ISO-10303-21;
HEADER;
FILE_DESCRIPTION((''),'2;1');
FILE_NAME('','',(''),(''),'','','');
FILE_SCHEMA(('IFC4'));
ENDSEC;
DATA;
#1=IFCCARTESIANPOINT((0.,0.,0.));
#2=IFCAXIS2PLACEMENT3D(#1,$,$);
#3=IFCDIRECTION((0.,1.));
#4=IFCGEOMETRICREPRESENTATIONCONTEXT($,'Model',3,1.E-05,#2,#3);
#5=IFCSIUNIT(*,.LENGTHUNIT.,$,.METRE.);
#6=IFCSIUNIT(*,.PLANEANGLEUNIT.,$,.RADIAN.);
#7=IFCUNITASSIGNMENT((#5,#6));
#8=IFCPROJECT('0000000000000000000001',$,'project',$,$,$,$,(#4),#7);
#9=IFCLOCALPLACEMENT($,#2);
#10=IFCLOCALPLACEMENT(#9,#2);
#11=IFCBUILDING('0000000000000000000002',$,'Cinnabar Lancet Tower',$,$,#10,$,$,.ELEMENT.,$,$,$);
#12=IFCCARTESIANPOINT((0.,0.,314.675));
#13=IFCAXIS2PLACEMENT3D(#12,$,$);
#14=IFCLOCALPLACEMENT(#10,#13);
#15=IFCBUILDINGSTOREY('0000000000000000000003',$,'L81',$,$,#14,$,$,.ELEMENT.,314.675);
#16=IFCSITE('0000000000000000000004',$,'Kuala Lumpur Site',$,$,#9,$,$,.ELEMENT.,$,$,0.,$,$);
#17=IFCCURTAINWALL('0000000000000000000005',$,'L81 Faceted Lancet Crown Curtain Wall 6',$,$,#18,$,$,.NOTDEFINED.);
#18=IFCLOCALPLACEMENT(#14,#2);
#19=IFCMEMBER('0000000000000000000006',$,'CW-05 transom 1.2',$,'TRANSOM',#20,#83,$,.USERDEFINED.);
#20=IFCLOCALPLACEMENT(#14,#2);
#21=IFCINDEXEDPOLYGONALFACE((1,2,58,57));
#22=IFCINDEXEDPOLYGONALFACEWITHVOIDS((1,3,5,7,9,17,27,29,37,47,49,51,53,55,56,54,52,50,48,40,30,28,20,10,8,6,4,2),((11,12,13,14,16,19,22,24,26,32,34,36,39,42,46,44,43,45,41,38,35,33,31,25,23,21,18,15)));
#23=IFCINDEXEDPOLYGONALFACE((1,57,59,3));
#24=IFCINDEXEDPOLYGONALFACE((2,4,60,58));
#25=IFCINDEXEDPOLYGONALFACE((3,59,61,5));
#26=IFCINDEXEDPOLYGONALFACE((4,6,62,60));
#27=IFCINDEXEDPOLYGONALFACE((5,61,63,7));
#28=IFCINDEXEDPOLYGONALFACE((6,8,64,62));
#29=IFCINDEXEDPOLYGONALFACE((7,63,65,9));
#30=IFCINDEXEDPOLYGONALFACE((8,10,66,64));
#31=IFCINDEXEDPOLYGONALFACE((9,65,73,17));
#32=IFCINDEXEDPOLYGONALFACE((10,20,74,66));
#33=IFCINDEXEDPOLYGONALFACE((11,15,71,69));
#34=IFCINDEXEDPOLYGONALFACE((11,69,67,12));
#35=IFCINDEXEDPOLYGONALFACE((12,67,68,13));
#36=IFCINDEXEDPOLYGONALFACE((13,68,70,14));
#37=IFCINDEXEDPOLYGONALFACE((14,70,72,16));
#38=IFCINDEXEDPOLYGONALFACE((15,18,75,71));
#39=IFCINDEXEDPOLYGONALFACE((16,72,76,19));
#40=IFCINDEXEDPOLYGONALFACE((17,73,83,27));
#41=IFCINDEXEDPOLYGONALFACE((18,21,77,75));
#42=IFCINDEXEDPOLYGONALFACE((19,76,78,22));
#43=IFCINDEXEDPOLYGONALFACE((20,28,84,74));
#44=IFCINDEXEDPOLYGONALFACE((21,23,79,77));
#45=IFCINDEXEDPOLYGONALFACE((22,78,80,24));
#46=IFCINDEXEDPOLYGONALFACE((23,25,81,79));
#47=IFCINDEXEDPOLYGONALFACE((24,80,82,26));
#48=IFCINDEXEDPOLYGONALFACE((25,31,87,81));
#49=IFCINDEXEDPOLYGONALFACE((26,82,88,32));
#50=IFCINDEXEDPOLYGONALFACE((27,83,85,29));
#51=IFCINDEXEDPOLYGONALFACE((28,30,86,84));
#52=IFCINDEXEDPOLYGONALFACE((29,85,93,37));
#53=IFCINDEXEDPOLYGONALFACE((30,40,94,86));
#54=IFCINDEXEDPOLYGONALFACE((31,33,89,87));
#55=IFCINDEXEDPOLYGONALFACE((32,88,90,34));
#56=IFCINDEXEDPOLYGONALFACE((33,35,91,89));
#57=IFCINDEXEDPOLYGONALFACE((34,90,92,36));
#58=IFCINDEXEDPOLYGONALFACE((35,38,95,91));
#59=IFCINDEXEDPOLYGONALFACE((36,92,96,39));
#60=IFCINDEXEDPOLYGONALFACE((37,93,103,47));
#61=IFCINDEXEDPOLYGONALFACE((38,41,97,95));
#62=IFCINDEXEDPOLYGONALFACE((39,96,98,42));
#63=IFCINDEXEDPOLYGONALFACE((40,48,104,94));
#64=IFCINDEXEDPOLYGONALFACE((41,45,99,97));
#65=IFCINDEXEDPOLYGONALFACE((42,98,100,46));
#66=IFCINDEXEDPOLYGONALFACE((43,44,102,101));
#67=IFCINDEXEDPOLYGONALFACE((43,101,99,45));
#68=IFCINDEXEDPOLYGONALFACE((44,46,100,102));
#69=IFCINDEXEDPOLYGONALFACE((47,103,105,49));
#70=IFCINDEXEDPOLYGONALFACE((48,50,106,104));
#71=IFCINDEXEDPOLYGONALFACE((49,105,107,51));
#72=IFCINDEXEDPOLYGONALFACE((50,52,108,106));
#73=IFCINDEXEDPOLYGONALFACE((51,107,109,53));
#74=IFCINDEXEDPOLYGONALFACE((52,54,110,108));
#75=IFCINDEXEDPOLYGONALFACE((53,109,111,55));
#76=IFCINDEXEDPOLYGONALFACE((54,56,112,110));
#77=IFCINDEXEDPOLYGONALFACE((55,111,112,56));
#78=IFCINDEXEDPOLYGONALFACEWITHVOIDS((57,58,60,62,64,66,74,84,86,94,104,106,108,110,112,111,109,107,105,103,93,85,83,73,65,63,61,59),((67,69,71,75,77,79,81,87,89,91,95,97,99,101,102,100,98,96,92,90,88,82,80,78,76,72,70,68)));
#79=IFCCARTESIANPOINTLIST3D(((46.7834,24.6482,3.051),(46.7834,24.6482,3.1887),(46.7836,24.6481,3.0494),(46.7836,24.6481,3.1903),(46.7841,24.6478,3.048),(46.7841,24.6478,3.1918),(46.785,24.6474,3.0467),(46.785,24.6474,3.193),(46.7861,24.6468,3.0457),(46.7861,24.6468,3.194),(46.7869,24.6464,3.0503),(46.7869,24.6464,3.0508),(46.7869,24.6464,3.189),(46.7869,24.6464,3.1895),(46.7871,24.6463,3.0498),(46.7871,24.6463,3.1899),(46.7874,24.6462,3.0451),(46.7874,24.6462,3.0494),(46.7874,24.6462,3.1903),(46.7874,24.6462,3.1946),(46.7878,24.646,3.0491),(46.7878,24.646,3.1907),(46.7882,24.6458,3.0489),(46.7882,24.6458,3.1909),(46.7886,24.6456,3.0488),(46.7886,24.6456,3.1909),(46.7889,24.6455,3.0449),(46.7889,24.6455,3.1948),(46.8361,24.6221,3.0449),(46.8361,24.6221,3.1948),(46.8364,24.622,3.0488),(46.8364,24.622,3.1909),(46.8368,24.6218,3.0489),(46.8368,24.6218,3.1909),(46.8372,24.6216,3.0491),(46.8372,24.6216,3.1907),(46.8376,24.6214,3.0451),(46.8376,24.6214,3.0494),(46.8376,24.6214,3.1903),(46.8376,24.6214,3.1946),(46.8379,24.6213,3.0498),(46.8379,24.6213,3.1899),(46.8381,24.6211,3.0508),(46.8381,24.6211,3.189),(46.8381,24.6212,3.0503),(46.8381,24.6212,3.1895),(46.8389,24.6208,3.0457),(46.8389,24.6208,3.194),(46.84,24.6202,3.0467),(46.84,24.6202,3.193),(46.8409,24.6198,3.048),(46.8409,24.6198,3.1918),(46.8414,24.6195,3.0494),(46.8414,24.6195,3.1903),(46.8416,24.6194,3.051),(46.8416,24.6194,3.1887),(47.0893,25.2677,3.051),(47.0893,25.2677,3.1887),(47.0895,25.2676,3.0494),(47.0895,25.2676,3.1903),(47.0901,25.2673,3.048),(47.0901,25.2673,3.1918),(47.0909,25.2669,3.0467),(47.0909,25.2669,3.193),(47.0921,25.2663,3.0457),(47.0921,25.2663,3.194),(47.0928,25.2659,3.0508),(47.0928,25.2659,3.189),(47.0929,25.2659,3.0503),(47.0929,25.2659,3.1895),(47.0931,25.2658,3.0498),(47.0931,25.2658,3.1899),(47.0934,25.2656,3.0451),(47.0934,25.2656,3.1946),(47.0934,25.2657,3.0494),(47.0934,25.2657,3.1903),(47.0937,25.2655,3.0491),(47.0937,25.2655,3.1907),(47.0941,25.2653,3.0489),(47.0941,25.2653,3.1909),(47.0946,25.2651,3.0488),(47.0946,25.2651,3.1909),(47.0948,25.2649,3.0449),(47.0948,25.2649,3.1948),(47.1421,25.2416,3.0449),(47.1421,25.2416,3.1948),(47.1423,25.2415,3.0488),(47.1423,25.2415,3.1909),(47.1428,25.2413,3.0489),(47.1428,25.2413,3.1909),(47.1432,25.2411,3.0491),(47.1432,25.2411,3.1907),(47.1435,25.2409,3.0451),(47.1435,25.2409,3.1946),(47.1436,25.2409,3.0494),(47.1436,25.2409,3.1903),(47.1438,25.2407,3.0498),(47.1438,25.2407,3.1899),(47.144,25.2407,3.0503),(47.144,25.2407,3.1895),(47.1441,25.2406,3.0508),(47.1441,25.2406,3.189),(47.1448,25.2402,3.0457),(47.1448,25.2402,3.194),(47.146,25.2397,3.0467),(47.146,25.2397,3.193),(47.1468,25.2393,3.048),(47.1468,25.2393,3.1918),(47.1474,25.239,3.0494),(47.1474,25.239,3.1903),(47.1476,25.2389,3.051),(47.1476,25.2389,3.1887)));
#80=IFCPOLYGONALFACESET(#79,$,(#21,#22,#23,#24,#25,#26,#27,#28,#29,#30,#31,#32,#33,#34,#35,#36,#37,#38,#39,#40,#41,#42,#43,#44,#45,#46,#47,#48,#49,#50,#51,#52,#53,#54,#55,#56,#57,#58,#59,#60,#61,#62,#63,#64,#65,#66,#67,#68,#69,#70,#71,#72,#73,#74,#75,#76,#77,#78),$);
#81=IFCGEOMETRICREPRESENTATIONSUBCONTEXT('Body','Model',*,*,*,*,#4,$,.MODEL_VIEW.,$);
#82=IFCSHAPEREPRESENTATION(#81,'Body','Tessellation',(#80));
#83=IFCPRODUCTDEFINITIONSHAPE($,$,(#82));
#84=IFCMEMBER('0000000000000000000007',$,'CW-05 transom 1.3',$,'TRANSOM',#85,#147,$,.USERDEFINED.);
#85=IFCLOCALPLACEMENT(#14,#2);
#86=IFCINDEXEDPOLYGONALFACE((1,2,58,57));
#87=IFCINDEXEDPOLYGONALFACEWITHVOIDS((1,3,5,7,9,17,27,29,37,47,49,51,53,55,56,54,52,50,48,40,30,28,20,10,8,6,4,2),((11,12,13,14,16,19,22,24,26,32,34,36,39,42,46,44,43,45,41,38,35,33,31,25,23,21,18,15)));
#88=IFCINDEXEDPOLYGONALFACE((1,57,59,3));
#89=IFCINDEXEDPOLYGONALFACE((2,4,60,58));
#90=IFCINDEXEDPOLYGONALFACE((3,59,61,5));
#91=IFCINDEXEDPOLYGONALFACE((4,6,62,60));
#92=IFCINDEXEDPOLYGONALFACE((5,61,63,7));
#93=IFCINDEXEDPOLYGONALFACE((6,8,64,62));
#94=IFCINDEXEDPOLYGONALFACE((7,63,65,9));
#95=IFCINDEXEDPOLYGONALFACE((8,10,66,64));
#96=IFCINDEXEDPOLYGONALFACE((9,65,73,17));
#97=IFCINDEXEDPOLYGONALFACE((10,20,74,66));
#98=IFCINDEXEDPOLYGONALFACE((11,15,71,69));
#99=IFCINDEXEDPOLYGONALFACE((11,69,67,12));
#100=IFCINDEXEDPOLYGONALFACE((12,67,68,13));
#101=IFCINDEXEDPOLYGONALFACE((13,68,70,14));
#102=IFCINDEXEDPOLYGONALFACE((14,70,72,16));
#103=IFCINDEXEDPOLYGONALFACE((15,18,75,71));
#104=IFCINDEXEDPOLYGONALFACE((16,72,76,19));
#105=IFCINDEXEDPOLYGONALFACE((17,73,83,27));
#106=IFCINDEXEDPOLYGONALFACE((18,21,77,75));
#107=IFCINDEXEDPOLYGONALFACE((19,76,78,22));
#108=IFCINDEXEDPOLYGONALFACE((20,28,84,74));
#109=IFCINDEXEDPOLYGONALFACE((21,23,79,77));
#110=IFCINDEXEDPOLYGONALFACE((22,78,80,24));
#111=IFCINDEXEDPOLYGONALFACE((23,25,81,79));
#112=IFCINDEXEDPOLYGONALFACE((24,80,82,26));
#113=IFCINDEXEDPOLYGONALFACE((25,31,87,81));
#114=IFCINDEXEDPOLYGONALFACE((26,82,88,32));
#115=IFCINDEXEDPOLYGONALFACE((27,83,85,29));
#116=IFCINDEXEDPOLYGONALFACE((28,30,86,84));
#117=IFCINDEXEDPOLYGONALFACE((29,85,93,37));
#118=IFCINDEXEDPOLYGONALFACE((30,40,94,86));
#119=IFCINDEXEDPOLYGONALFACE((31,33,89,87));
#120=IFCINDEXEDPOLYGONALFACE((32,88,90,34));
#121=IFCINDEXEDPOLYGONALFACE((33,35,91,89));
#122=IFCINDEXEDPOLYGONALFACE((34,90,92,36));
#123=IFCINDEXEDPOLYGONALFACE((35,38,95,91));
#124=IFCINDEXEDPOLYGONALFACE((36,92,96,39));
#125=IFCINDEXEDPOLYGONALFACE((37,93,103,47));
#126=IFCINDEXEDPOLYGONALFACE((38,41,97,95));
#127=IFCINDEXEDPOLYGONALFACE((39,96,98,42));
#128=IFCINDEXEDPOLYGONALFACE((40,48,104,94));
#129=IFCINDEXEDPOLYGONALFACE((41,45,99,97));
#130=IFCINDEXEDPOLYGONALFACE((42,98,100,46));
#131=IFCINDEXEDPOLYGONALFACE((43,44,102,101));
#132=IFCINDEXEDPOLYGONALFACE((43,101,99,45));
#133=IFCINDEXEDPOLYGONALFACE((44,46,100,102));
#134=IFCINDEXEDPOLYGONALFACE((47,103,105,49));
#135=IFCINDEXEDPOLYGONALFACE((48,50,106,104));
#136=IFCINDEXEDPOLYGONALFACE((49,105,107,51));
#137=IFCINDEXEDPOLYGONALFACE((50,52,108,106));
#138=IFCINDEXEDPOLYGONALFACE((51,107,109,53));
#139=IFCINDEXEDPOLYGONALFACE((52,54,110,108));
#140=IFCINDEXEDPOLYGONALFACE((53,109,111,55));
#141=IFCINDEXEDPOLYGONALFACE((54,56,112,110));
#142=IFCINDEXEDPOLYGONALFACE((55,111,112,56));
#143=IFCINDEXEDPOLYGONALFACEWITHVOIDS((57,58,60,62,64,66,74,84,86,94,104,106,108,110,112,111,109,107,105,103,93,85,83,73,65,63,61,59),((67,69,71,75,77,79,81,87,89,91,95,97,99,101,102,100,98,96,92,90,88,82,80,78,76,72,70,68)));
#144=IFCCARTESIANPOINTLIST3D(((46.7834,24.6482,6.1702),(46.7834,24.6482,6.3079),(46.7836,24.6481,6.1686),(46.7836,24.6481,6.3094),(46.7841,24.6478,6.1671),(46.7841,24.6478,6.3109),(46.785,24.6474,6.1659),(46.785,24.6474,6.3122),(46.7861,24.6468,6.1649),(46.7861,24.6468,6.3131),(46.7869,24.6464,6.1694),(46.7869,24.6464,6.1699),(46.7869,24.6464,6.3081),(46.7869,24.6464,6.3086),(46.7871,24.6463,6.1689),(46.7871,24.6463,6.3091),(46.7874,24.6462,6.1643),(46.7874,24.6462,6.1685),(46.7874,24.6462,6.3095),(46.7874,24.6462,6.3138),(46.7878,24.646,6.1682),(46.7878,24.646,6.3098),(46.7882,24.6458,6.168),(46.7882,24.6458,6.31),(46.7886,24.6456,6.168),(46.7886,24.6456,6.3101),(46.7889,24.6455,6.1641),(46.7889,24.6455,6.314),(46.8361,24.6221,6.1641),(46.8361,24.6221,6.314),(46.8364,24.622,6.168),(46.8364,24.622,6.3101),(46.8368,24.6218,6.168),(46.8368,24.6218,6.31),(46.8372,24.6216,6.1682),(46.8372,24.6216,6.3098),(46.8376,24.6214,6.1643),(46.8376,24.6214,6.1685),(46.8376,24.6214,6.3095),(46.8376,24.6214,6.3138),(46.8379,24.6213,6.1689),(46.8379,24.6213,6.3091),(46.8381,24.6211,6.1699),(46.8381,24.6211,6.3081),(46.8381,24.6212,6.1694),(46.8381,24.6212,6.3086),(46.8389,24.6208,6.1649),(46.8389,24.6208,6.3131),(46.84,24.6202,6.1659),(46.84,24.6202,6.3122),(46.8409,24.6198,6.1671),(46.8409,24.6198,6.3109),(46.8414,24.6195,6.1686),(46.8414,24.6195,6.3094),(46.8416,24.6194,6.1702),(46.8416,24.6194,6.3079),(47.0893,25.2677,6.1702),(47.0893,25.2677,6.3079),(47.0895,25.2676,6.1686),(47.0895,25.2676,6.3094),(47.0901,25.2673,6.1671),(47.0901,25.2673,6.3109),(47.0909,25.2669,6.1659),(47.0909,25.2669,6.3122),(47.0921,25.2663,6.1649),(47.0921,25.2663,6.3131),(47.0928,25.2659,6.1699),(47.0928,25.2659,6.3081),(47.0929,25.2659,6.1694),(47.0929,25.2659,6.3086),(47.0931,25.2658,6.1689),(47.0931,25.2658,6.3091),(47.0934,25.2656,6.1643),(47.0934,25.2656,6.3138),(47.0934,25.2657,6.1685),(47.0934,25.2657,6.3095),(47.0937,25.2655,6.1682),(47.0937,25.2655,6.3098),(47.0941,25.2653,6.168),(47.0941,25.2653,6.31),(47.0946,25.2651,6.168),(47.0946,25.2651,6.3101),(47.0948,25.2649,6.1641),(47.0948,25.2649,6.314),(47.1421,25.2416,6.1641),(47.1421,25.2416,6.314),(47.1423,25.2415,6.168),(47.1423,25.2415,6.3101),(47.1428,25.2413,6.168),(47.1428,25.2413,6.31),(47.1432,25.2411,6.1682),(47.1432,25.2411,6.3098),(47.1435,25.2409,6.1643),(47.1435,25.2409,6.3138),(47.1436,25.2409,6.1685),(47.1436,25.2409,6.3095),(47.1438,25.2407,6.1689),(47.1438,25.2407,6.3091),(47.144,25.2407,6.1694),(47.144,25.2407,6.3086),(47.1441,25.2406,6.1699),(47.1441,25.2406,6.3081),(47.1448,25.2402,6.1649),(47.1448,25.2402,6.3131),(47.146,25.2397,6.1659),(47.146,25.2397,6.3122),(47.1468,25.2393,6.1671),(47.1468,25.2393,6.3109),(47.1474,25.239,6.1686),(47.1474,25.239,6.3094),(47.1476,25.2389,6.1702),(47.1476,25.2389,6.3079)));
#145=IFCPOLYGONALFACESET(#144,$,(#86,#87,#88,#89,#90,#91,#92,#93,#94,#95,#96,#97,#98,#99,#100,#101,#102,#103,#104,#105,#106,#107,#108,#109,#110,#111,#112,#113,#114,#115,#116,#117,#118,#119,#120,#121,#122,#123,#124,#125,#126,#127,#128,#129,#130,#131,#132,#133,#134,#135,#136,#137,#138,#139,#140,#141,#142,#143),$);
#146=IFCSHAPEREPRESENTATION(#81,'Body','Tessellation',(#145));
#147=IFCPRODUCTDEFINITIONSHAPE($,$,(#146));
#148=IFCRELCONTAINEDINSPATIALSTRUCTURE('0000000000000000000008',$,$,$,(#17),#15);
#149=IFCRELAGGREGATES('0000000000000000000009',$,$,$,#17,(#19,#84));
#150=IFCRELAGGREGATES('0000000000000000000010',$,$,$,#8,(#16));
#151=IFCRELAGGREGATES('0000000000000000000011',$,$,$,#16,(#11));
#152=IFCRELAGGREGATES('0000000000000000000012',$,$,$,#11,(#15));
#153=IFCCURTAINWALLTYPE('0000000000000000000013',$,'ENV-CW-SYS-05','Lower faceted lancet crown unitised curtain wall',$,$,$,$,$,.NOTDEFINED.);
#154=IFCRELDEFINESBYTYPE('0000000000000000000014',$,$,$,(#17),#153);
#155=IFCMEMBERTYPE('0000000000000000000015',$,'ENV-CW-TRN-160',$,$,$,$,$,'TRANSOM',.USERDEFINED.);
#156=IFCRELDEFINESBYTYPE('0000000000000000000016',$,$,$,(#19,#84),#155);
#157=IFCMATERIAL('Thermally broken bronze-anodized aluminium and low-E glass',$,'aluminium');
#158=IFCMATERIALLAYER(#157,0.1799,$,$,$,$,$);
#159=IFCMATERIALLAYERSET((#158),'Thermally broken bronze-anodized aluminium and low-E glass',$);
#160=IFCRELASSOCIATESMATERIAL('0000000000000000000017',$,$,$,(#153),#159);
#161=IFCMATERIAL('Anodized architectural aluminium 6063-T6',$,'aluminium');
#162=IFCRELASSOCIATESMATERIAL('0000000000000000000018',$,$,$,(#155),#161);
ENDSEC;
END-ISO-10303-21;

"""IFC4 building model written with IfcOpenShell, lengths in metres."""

from ifc_helpers import new_model, si_unit, direction, frame, origin, origin_2d, place, context, subcontext, project, spatial, hollow_rectangle, extrude, material, layer, layer_set, material_profile, profile_set, type_object, element, aggregate, save


model = new_model("IFC4")

# Units and contexts
model_context = context("Model", 3, precision=1e-05, world=origin(), true_north=direction((0.0, 1.0)))
body_context = subcontext(model_context, "Body", "Model", "MODEL_VIEW")
ifc_project = project(units=[si_unit("LENGTHUNIT", "METRE"), si_unit("PLANEANGLEUNIT", "RADIAN")], contexts=[model_context])

# Site, building, storey
site_placement = place(None, origin())
site = spatial("IfcSite", under=ifc_project, at=site_placement, Name="Kuala Lumpur Site", CompositionType="ELEMENT", RefElevation=0.0)
building_placement = place(site_placement, origin())
building = spatial("IfcBuilding", under=site, at=building_placement, Name="Cinnabar Lancet Tower", CompositionType="ELEMENT")
storey_placement = place(building_placement, frame((0.0, 0.0, 314.675)))
storey = spatial("IfcBuildingStorey", under=building, at=storey_placement, Name="L81", CompositionType="ELEMENT", Elevation=314.675)

# Curtain wall
ifc_material_1 = material(Name="Thermally broken bronze-anodized aluminium and low-E glass", Category="aluminium")
ifc_layer_1 = layer(ifc_material_1, 0.1799)
ifc_layer_set_1 = layer_set([ifc_layer_1], Name="Thermally broken bronze-anodized aluminium and low-E glass")
curtain_wall_type = type_object("IfcCurtainWallType", Name="ENV-CW-SYS-05", Description="Lower faceted lancet crown unitised curtain wall", PredefinedType="NOTDEFINED", material=ifc_layer_set_1)
curtain_wall_1_placement = place(storey_placement, origin())
curtain_wall_1 = element("IfcCurtainWall", 1, at=curtain_wall_1_placement, inside=storey, type_object=curtain_wall_type, Name="L81 Faceted Lancet Crown Curtain Wall 6", PredefinedType="NOTDEFINED")

# Members
ifc_material_2 = material(Name="Anodized architectural aluminium 6063-T6", Category="aluminium")
ifc_material_profile_1 = material_profile(ifc_material_2, hollow_rectangle(XDim=0.0649, YDim=0.1499, WallThickness=0.0039, InnerFilletRadius=0.002, OuterFilletRadius=0.0061, at=origin_2d()), Name="CW-TRN 150x65x4")
ifc_profile_set_1 = profile_set([ifc_material_profile_1], Name="Anodized architectural aluminium 6063-T6")
member_type_1 = type_object("IfcMemberType", Name="ENV-CW-TRN-160", ElementType="TRANSOM", PredefinedType="USERDEFINED", material=ifc_profile_set_1)
member_1_placement = place(storey_placement, frame((46.8125, 24.6338, 3.1199), z_axis=(0.442826, 0.896608, 0.0), x_axis=(-0.896608, 0.442826, 0.0)))
member_1 = element("IfcMember", 2, at=member_1_placement, type_object=member_type_1, Name="CW-05 transom 1.2", ObjectType="TRANSOM", PredefinedType="USERDEFINED", context=body_context, shape_type="SweptSolid", body=[
    extrude(hollow_rectangle(XDim=0.0649, YDim=0.1499, WallThickness=0.0039, InnerFilletRadius=0.002, OuterFilletRadius=0.0061, at=origin_2d()), origin(), (0.0, 0.0, 1.0), 0.6909),
])
member_2_placement = place(storey_placement, frame((46.8125, 24.6338, 6.239), z_axis=(0.442826, 0.896608, 0.0), x_axis=(-0.896608, 0.442826, 0.0)))
member_2 = element("IfcMember", 3, at=member_2_placement, type_object=member_type_1, Name="CW-05 transom 1.3", ObjectType="TRANSOM", PredefinedType="USERDEFINED", context=body_context, shape_type="SweptSolid", body=[
    extrude(hollow_rectangle(XDim=0.0649, YDim=0.1499, WallThickness=0.0039, InnerFilletRadius=0.002, OuterFilletRadius=0.0061, at=origin_2d()), origin(), (0.0, 0.0, 1.0), 0.6909),
])

aggregate(curtain_wall_1, [member_1, member_2])

save(model, "model.ifc")
